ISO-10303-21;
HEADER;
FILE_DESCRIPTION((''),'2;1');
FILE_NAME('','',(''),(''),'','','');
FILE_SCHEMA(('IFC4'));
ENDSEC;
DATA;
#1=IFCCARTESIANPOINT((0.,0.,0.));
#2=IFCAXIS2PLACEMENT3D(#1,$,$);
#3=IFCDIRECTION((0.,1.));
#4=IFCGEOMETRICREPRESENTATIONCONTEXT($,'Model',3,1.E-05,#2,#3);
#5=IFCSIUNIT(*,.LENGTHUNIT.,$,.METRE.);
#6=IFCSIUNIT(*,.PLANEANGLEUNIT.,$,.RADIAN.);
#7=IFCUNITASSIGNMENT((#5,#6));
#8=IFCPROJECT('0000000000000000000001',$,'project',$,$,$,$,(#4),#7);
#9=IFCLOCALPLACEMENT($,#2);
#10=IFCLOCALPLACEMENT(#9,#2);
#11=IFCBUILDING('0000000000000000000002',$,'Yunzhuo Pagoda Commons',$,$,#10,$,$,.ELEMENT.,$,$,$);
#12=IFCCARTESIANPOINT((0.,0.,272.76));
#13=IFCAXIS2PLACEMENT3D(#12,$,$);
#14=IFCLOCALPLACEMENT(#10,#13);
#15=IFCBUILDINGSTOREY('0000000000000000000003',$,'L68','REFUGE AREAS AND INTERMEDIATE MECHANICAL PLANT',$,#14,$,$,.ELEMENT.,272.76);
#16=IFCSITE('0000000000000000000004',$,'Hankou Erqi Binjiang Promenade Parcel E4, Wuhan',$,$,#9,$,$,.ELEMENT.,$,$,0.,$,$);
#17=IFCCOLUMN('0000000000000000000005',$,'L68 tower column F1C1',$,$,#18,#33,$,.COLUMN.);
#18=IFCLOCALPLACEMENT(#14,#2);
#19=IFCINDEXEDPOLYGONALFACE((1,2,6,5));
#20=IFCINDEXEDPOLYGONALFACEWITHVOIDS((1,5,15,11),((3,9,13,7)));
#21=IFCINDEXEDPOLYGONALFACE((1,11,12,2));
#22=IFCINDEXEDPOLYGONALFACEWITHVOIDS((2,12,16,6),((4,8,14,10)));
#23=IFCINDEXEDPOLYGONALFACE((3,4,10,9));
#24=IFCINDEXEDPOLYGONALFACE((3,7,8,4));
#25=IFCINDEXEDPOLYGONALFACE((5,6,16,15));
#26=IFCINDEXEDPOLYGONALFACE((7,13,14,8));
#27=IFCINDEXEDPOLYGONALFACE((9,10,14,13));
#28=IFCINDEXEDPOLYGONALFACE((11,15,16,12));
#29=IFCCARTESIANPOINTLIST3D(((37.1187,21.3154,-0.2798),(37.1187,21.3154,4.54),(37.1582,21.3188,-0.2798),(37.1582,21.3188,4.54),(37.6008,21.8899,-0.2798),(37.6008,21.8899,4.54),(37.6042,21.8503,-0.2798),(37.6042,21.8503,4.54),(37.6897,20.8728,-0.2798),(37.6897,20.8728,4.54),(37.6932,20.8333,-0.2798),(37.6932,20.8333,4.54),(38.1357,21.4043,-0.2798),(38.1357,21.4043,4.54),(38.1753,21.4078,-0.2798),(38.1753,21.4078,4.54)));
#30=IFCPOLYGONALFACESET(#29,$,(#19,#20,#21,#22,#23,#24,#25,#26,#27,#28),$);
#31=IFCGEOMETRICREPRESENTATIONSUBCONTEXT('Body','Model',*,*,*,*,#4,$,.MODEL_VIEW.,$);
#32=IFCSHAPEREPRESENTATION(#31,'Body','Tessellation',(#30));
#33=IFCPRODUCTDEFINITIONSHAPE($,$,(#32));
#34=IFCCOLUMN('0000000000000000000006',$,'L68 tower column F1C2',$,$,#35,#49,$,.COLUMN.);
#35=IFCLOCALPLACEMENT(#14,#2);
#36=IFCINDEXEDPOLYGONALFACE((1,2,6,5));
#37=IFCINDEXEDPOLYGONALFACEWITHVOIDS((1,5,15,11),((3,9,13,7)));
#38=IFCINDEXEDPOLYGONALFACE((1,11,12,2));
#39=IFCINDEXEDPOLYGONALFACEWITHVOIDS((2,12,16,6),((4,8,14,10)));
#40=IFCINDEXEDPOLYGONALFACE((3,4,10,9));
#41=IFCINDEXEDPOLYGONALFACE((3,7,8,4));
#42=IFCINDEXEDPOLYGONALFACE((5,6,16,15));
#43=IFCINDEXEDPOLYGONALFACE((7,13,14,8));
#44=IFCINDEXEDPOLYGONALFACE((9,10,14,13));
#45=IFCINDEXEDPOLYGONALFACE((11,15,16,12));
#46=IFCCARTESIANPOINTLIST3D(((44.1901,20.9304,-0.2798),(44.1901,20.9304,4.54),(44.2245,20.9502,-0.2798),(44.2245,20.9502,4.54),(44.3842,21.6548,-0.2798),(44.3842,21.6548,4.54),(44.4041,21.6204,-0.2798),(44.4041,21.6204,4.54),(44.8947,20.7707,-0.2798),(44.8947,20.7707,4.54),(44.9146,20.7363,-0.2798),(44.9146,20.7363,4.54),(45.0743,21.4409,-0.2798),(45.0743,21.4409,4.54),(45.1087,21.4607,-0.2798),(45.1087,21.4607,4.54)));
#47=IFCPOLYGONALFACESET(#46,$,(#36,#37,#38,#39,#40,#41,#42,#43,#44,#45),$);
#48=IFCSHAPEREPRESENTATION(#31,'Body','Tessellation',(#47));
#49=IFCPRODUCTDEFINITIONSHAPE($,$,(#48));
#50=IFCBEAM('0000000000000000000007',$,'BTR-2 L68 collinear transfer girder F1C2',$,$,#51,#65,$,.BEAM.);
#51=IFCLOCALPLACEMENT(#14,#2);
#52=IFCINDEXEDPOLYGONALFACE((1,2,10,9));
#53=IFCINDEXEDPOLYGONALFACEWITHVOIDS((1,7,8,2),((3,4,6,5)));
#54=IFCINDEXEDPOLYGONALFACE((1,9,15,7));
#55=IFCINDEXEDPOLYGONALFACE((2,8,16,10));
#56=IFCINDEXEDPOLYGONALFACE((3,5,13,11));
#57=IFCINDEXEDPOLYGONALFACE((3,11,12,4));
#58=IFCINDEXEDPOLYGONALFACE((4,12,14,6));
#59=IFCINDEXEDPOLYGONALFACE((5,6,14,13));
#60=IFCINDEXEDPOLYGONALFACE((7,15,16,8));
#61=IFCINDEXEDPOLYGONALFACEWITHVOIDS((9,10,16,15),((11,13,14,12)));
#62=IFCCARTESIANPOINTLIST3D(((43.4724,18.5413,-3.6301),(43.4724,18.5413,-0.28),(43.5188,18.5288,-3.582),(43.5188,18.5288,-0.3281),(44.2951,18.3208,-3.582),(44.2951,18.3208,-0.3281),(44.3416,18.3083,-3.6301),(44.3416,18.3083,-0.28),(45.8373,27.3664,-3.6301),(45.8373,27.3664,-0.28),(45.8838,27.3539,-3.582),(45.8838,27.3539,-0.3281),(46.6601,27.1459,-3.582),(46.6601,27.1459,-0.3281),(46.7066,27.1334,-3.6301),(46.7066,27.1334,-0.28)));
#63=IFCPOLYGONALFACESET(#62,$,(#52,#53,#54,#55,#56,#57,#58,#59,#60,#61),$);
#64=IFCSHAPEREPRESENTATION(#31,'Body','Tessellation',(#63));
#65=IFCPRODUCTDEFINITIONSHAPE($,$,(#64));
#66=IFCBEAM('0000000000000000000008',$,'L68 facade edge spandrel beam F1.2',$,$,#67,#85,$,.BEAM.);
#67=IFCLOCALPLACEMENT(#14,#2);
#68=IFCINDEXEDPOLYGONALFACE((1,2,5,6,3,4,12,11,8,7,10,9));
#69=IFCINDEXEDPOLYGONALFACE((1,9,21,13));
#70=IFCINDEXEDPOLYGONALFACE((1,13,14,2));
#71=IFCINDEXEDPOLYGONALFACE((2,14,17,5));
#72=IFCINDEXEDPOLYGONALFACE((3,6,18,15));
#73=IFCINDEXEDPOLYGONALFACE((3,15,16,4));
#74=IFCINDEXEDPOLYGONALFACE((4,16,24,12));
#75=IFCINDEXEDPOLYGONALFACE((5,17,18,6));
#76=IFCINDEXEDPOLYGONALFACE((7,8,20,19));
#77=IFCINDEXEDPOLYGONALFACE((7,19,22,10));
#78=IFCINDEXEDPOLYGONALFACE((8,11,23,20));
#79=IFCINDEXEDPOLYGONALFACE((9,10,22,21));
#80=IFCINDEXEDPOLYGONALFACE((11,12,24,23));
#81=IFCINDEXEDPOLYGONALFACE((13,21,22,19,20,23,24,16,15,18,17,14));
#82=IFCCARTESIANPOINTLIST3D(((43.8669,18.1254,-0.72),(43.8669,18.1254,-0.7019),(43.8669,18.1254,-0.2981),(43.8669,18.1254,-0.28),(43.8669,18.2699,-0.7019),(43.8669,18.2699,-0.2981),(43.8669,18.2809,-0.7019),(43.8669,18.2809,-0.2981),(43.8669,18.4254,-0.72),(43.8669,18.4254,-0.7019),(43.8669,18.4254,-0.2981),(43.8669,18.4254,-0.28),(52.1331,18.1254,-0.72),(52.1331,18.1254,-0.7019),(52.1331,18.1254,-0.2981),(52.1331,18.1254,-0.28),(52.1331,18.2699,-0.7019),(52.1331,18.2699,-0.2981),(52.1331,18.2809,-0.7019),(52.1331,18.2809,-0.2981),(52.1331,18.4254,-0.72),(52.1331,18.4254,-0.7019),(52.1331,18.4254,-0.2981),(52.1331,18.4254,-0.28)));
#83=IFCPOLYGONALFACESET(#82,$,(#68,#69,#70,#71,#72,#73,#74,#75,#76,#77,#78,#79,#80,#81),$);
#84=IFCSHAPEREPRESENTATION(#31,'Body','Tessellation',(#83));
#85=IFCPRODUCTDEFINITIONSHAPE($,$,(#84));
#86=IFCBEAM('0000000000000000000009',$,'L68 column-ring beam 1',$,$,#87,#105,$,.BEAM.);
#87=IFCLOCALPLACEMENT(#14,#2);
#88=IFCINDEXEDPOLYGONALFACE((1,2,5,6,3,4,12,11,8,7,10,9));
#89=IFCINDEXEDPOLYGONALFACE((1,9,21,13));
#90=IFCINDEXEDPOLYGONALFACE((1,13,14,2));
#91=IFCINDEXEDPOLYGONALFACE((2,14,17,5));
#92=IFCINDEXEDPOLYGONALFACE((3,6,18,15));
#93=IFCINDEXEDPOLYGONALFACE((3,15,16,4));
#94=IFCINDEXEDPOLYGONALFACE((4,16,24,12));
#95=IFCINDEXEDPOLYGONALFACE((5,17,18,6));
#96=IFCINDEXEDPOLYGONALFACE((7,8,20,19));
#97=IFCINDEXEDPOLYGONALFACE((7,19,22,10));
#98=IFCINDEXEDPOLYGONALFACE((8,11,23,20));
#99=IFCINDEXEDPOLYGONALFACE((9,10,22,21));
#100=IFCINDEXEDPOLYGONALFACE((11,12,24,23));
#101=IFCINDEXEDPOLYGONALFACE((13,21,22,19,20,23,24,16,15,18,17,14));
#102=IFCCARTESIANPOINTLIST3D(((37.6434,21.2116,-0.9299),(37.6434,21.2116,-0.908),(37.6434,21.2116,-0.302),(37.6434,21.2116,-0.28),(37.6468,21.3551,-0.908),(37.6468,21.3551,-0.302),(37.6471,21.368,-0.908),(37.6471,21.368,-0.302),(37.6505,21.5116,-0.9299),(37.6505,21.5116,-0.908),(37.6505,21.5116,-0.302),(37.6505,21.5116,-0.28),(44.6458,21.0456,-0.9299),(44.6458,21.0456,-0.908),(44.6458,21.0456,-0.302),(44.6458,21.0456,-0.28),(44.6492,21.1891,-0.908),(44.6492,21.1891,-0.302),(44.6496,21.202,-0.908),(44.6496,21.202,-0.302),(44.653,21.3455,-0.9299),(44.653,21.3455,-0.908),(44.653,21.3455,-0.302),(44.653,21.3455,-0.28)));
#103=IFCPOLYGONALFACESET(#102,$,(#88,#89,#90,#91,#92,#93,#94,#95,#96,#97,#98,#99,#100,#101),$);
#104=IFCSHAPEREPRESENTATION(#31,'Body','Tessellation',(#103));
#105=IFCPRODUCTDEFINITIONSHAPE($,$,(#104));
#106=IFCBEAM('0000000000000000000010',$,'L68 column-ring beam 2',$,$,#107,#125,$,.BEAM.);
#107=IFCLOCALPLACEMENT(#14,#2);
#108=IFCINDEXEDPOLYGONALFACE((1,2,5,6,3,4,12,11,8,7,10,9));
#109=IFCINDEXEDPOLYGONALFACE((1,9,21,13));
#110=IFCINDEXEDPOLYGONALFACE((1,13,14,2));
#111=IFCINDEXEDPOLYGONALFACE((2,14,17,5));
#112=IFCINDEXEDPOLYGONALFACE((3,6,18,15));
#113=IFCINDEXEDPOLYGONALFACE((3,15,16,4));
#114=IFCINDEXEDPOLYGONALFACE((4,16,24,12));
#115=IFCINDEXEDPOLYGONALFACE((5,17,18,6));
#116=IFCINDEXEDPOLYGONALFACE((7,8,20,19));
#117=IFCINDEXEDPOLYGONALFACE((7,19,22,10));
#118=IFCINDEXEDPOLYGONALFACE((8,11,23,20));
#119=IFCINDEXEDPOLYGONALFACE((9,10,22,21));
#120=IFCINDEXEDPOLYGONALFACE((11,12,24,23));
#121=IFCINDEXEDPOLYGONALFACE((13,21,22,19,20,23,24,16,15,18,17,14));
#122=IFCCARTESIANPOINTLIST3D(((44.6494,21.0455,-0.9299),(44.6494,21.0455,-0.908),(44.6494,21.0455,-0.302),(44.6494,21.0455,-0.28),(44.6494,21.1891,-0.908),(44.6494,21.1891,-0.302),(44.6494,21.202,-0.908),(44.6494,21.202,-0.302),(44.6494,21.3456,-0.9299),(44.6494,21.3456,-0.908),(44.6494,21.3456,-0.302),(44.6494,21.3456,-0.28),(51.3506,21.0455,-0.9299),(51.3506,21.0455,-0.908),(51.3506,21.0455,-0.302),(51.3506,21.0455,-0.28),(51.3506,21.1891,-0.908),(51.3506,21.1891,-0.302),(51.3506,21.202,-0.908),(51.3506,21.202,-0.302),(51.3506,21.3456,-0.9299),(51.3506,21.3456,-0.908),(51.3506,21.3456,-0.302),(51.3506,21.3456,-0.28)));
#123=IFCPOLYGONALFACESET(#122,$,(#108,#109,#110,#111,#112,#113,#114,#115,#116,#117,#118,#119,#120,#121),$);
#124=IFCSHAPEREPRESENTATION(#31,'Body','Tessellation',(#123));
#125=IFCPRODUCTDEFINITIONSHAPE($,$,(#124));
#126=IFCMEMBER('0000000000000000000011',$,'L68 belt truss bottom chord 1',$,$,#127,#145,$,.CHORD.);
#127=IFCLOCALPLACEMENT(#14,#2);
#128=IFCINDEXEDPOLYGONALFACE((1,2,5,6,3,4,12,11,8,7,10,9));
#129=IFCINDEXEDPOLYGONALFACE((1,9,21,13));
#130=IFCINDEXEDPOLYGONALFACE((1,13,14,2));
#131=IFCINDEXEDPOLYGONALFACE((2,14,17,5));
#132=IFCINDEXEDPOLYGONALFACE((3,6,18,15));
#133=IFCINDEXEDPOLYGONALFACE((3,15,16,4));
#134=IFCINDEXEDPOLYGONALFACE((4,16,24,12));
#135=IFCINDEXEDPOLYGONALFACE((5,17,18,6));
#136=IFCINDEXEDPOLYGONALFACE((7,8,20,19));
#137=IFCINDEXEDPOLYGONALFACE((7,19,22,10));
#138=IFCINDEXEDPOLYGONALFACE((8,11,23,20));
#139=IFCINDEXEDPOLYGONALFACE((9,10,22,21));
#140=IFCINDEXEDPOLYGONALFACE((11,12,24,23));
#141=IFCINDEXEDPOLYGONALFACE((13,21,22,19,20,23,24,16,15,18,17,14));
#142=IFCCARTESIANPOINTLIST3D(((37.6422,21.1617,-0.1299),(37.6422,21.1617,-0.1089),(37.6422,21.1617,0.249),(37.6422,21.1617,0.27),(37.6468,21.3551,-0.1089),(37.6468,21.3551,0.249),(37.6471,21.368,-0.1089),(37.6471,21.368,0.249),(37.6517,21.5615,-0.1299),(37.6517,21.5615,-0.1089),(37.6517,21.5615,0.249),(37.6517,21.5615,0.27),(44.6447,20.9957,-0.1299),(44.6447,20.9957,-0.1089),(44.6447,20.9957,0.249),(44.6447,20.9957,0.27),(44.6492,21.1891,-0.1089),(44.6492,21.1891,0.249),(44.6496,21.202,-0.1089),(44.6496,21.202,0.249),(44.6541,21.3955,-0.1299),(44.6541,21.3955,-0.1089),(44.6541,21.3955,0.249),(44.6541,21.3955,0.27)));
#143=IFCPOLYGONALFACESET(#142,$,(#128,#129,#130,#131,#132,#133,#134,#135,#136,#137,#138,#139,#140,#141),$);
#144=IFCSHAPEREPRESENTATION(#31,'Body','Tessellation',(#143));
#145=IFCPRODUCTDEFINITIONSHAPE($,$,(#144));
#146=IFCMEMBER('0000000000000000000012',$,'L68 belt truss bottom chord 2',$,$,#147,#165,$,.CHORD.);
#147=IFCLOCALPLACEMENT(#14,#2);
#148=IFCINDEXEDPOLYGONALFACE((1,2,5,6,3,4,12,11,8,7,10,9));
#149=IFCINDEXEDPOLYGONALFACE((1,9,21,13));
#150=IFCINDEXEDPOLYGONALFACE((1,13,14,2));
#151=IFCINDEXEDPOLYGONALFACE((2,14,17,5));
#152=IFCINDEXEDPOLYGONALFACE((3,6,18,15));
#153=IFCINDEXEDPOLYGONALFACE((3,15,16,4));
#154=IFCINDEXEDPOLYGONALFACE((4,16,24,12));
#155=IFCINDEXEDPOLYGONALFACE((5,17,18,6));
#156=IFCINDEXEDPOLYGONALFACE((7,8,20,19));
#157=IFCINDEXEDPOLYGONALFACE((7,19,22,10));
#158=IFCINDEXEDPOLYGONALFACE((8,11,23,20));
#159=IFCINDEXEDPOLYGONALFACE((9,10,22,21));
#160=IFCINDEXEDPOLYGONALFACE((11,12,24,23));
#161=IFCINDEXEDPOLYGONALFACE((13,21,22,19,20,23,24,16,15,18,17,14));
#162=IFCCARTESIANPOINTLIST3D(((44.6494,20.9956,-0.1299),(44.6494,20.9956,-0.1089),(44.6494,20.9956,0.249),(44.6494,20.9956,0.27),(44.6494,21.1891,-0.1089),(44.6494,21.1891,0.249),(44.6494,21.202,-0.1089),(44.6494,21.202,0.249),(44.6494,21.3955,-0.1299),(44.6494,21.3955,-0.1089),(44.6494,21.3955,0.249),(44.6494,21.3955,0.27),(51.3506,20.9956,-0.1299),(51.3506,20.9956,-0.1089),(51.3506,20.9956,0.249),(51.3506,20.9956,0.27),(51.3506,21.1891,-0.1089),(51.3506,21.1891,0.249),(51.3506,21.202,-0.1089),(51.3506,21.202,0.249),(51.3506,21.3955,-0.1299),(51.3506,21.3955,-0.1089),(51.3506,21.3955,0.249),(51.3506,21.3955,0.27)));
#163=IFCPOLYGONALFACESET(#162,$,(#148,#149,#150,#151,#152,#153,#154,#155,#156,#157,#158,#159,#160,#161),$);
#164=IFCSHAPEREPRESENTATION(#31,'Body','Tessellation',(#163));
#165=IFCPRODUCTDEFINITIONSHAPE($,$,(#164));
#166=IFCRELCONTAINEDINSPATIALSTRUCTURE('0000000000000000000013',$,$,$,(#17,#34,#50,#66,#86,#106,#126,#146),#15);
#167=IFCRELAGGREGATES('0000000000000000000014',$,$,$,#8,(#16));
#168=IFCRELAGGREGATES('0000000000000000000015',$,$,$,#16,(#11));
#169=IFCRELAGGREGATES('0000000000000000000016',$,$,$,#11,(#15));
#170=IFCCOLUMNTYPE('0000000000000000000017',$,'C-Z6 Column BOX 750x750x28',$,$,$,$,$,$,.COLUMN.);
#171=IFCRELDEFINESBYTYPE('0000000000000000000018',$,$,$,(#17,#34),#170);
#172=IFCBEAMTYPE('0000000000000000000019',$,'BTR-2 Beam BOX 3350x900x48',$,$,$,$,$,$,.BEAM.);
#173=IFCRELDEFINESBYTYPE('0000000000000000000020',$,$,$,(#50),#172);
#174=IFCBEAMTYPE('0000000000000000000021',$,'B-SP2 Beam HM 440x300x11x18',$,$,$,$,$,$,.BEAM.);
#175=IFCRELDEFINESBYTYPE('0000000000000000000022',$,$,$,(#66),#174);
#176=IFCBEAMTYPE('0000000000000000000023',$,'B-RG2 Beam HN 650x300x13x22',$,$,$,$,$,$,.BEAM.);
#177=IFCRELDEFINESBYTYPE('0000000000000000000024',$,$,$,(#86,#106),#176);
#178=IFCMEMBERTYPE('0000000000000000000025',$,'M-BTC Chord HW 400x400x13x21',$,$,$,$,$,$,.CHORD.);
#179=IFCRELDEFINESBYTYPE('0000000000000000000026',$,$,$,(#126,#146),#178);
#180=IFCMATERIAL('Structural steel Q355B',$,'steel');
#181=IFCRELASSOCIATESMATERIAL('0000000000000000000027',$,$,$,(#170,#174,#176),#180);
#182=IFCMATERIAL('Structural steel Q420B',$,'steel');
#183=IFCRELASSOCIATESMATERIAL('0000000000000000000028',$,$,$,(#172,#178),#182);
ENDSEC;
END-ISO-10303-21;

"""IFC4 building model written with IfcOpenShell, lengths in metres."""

from ifc_helpers import new_model, si_unit, direction, frame, origin, origin_2d, place, context, subcontext, project, spatial, hollow_rectangle, i_section, extrude, source, transform, mapped, material, material_profile, profile_set, type_object, element, save


model = new_model("IFC4")

# Units and contexts
model_context = context("Model", 3, precision=1e-05, world=origin(), true_north=direction((0.0, 1.0)))
body_context = subcontext(model_context, "Body", "Model", "MODEL_VIEW")
ifc_project = project(units=[si_unit("LENGTHUNIT", "METRE"), si_unit("PLANEANGLEUNIT", "RADIAN")], contexts=[model_context])

# Site, building, storey
site_placement = place(None, origin())
site = spatial("IfcSite", under=ifc_project, at=site_placement, Name="Hankou Erqi Binjiang Promenade Parcel E4, Wuhan", CompositionType="ELEMENT", RefElevation=0.0)
building_placement = place(site_placement, origin())
building = spatial("IfcBuilding", under=site, at=building_placement, Name="Yunzhuo Pagoda Commons", CompositionType="ELEMENT")
storey_placement = place(building_placement, frame((0.0, 0.0, 272.76)))
storey = spatial("IfcBuildingStorey", under=building, at=storey_placement, Name="L68", Description="REFUGE AREAS AND INTERMEDIATE MECHANICAL PLANT", CompositionType="ELEMENT", Elevation=272.76)

# Columns
ifc_material_1 = material(Name="Structural steel Q355B", Category="steel")
ifc_material_profile_1 = material_profile(ifc_material_1, hollow_rectangle(XDim=0.75, YDim=0.75, WallThickness=0.0281, at=origin_2d()), Name="Structural steel Q355B")
ifc_profile_set_1 = profile_set([ifc_material_profile_1], Name="Structural steel Q355B")
column_type = type_object("IfcColumnType", Name="C-Z6 Column BOX 750x750x28", PredefinedType="COLUMN", material=ifc_profile_set_1)
shared_shape_1 = source(origin(), body_context, "Body", "SweptSolid", [
    extrude(hollow_rectangle(XDim=0.75, YDim=0.75, WallThickness=0.0281, at=origin_2d()), origin(), (0.0, 0.0, 1.0), 4.8198),
])
for number, where, z_axis, x_axis, name in (
    (1, (37.647, 21.3616, -0.2798), (0.0, 0.0, 1.0), (0.766044, -0.642788, 0.0), "L68 tower column F1C1"),
    (2, (44.6494, 21.1956, -0.2798), (0.0, 0.0, 1.0), (0.965926, -0.258819, 0.0), "L68 tower column F1C2"),
):
    element("IfcColumn", number, at=place(storey_placement, frame(where, z_axis=z_axis, x_axis=x_axis)), inside=storey, type_object=column_type, Name=name, PredefinedType="COLUMN", context=body_context, shape_type="MappedRepresentation", body=[
        mapped(shared_shape_1, transform((0.0, 0.0, 0.0), scale=1.0)),
    ])

# Beams
ifc_material_2 = material(Name="Structural steel Q420B", Category="steel")
ifc_material_profile_2 = material_profile(ifc_material_2, hollow_rectangle(XDim=0.8999, YDim=3.3501, WallThickness=0.0481, at=origin_2d()), Name="Structural steel Q420B")
ifc_profile_set_2 = profile_set([ifc_material_profile_2], Name="Structural steel Q420B")
beam_type_1 = type_object("IfcBeamType", Name="BTR-2 Beam BOX 3350x900x48", PredefinedType="BEAM", material=ifc_profile_set_2)
shared_shape_2 = source(origin(), body_context, "Body", "SweptSolid", [
    extrude(hollow_rectangle(XDim=0.8999, YDim=3.3501, WallThickness=0.0481, at=origin_2d()), origin(), (0.0, 0.0, 1.0), 9.1365),
])
beam_1_placement = place(storey_placement, frame((43.907, 18.4248, -1.9551), z_axis=(0.258848, 0.965918, 0.0), x_axis=(-0.965918, 0.258848, 0.0)))
element("IfcBeam", 3, at=beam_1_placement, inside=storey, type_object=beam_type_1, Name="BTR-2 L68 collinear transfer girder F1C2", PredefinedType="BEAM", context=body_context, shape_type="MappedRepresentation", body=[
    mapped(shared_shape_2, transform((0.0, 0.0, 0.0), scale=1.0)),
])
ifc_material_profile_3 = material_profile(ifc_material_1, i_section(OverallWidth=0.3, OverallDepth=0.4399, WebThickness=0.011, FlangeThickness=0.0181, at=origin_2d()), Name="Structural steel Q355B")
ifc_profile_set_3 = profile_set([ifc_material_profile_3], Name="Structural steel Q355B")
beam_type_2 = type_object("IfcBeamType", Name="B-SP2 Beam HM 440x300x11x18", PredefinedType="BEAM", material=ifc_profile_set_3)
shared_shape_3 = source(origin(), body_context, "Body", "SweptSolid", [
    extrude(i_section(OverallWidth=0.3, OverallDepth=0.4399, WebThickness=0.011, FlangeThickness=0.0181, at=origin_2d()), origin(), (0.0, 0.0, 1.0), 8.2661),
])
beam_2_placement = place(storey_placement, frame((43.8669, 18.2754, -0.5), z_axis=(1.0, 0.0, 0.0), x_axis=(0.0, 1.0, 0.0)))
element("IfcBeam", 4, at=beam_2_placement, inside=storey, type_object=beam_type_2, Name="L68 facade edge spandrel beam F1.2", PredefinedType="BEAM", context=body_context, shape_type="MappedRepresentation", body=[
    mapped(shared_shape_3, transform((0.0, 0.0, 0.0), scale=1.0)),
])
ifc_material_profile_4 = material_profile(ifc_material_1, i_section(OverallWidth=0.3, OverallDepth=0.6499, WebThickness=0.0129, FlangeThickness=0.022, at=origin_2d()), Name="Structural steel Q355B")
ifc_profile_set_4 = profile_set([ifc_material_profile_4], Name="Structural steel Q355B")
beam_type_3 = type_object("IfcBeamType", Name="B-RG2 Beam HN 650x300x13x22", PredefinedType="BEAM", material=ifc_profile_set_4)
shared_shape_4 = source(origin(), body_context, "Body", "SweptSolid", [
    extrude(i_section(OverallWidth=0.3, OverallDepth=0.6499, WebThickness=0.0129, FlangeThickness=0.022, at=origin_2d()), origin(), (0.0, 0.0, 1.0), 7.0044),
])
beam_3_placement = place(storey_placement, frame((37.647, 21.3616, -0.605), z_axis=(0.999719, -0.023702, 0.0), x_axis=(0.023702, 0.999719, 0.0)))
element("IfcBeam", 5, at=beam_3_placement, inside=storey, type_object=beam_type_3, Name="L68 column-ring beam 1", PredefinedType="BEAM", context=body_context, shape_type="MappedRepresentation", body=[
    mapped(shared_shape_4, transform((0.0, 0.0, 0.0), scale=1.0)),
])
shared_shape_5 = source(origin(), body_context, "Body", "SweptSolid", [
    extrude(i_section(OverallWidth=0.3, OverallDepth=0.6499, WebThickness=0.0129, FlangeThickness=0.022, at=origin_2d()), origin(), (0.0, 0.0, 1.0), 6.7012),
])
beam_4_placement = place(storey_placement, frame((44.6494, 21.1956, -0.605), z_axis=(1.0, 0.0, 0.0), x_axis=(0.0, 1.0, 0.0)))
element("IfcBeam", 6, at=beam_4_placement, inside=storey, type_object=beam_type_3, Name="L68 column-ring beam 2", PredefinedType="BEAM", context=body_context, shape_type="MappedRepresentation", body=[
    mapped(shared_shape_5, transform((0.0, 0.0, 0.0), scale=1.0)),
])

# Members
ifc_material_profile_5 = material_profile(ifc_material_2, i_section(OverallWidth=0.3999, OverallDepth=0.3999, WebThickness=0.0129, FlangeThickness=0.021, at=origin_2d()), Name="Structural steel Q420B")
ifc_profile_set_5 = profile_set([ifc_material_profile_5], Name="Structural steel Q420B")
member_type_1 = type_object("IfcMemberType", Name="M-BTC Chord HW 400x400x13x21", PredefinedType="CHORD", material=ifc_profile_set_5)
shared_shape_6 = source(origin(), body_context, "Body", "SweptSolid", [
    extrude(i_section(OverallWidth=0.3999, OverallDepth=0.3999, WebThickness=0.0129, FlangeThickness=0.021, at=origin_2d()), origin(), (0.0, 0.0, 1.0), 7.0044),
])
member_1_placement = place(storey_placement, frame((37.647, 21.3616, 0.0701), z_axis=(0.999719, -0.023702, 0.0), x_axis=(0.023702, 0.999719, 0.0)))
element("IfcMember", 7, at=member_1_placement, inside=storey, type_object=member_type_1, Name="L68 belt truss bottom chord 1", PredefinedType="CHORD", context=body_context, shape_type="MappedRepresentation", body=[
    mapped(shared_shape_6, transform((0.0, 0.0, 0.0), scale=1.0)),
])
shared_shape_7 = source(origin(), body_context, "Body", "SweptSolid", [
    extrude(i_section(OverallWidth=0.3999, OverallDepth=0.3999, WebThickness=0.0129, FlangeThickness=0.021, at=origin_2d()), origin(), (0.0, 0.0, 1.0), 6.7012),
])
for number, where, z_axis, x_axis, name in (
    (8, (44.6494, 21.1956, 0.0701), (1.0, 0.0, 0.0), (0.0, 1.0, 0.0), "L68 belt truss bottom chord 2"),
):
    element("IfcMember", number, at=place(storey_placement, frame(where, z_axis=z_axis, x_axis=x_axis)), inside=storey, type_object=member_type_1, Name=name, PredefinedType="CHORD", context=body_context, shape_type="MappedRepresentation", body=[
        mapped(shared_shape_7, transform((0.0, 0.0, 0.0), scale=1.0)),
    ])

save(model, "model.ifc")
